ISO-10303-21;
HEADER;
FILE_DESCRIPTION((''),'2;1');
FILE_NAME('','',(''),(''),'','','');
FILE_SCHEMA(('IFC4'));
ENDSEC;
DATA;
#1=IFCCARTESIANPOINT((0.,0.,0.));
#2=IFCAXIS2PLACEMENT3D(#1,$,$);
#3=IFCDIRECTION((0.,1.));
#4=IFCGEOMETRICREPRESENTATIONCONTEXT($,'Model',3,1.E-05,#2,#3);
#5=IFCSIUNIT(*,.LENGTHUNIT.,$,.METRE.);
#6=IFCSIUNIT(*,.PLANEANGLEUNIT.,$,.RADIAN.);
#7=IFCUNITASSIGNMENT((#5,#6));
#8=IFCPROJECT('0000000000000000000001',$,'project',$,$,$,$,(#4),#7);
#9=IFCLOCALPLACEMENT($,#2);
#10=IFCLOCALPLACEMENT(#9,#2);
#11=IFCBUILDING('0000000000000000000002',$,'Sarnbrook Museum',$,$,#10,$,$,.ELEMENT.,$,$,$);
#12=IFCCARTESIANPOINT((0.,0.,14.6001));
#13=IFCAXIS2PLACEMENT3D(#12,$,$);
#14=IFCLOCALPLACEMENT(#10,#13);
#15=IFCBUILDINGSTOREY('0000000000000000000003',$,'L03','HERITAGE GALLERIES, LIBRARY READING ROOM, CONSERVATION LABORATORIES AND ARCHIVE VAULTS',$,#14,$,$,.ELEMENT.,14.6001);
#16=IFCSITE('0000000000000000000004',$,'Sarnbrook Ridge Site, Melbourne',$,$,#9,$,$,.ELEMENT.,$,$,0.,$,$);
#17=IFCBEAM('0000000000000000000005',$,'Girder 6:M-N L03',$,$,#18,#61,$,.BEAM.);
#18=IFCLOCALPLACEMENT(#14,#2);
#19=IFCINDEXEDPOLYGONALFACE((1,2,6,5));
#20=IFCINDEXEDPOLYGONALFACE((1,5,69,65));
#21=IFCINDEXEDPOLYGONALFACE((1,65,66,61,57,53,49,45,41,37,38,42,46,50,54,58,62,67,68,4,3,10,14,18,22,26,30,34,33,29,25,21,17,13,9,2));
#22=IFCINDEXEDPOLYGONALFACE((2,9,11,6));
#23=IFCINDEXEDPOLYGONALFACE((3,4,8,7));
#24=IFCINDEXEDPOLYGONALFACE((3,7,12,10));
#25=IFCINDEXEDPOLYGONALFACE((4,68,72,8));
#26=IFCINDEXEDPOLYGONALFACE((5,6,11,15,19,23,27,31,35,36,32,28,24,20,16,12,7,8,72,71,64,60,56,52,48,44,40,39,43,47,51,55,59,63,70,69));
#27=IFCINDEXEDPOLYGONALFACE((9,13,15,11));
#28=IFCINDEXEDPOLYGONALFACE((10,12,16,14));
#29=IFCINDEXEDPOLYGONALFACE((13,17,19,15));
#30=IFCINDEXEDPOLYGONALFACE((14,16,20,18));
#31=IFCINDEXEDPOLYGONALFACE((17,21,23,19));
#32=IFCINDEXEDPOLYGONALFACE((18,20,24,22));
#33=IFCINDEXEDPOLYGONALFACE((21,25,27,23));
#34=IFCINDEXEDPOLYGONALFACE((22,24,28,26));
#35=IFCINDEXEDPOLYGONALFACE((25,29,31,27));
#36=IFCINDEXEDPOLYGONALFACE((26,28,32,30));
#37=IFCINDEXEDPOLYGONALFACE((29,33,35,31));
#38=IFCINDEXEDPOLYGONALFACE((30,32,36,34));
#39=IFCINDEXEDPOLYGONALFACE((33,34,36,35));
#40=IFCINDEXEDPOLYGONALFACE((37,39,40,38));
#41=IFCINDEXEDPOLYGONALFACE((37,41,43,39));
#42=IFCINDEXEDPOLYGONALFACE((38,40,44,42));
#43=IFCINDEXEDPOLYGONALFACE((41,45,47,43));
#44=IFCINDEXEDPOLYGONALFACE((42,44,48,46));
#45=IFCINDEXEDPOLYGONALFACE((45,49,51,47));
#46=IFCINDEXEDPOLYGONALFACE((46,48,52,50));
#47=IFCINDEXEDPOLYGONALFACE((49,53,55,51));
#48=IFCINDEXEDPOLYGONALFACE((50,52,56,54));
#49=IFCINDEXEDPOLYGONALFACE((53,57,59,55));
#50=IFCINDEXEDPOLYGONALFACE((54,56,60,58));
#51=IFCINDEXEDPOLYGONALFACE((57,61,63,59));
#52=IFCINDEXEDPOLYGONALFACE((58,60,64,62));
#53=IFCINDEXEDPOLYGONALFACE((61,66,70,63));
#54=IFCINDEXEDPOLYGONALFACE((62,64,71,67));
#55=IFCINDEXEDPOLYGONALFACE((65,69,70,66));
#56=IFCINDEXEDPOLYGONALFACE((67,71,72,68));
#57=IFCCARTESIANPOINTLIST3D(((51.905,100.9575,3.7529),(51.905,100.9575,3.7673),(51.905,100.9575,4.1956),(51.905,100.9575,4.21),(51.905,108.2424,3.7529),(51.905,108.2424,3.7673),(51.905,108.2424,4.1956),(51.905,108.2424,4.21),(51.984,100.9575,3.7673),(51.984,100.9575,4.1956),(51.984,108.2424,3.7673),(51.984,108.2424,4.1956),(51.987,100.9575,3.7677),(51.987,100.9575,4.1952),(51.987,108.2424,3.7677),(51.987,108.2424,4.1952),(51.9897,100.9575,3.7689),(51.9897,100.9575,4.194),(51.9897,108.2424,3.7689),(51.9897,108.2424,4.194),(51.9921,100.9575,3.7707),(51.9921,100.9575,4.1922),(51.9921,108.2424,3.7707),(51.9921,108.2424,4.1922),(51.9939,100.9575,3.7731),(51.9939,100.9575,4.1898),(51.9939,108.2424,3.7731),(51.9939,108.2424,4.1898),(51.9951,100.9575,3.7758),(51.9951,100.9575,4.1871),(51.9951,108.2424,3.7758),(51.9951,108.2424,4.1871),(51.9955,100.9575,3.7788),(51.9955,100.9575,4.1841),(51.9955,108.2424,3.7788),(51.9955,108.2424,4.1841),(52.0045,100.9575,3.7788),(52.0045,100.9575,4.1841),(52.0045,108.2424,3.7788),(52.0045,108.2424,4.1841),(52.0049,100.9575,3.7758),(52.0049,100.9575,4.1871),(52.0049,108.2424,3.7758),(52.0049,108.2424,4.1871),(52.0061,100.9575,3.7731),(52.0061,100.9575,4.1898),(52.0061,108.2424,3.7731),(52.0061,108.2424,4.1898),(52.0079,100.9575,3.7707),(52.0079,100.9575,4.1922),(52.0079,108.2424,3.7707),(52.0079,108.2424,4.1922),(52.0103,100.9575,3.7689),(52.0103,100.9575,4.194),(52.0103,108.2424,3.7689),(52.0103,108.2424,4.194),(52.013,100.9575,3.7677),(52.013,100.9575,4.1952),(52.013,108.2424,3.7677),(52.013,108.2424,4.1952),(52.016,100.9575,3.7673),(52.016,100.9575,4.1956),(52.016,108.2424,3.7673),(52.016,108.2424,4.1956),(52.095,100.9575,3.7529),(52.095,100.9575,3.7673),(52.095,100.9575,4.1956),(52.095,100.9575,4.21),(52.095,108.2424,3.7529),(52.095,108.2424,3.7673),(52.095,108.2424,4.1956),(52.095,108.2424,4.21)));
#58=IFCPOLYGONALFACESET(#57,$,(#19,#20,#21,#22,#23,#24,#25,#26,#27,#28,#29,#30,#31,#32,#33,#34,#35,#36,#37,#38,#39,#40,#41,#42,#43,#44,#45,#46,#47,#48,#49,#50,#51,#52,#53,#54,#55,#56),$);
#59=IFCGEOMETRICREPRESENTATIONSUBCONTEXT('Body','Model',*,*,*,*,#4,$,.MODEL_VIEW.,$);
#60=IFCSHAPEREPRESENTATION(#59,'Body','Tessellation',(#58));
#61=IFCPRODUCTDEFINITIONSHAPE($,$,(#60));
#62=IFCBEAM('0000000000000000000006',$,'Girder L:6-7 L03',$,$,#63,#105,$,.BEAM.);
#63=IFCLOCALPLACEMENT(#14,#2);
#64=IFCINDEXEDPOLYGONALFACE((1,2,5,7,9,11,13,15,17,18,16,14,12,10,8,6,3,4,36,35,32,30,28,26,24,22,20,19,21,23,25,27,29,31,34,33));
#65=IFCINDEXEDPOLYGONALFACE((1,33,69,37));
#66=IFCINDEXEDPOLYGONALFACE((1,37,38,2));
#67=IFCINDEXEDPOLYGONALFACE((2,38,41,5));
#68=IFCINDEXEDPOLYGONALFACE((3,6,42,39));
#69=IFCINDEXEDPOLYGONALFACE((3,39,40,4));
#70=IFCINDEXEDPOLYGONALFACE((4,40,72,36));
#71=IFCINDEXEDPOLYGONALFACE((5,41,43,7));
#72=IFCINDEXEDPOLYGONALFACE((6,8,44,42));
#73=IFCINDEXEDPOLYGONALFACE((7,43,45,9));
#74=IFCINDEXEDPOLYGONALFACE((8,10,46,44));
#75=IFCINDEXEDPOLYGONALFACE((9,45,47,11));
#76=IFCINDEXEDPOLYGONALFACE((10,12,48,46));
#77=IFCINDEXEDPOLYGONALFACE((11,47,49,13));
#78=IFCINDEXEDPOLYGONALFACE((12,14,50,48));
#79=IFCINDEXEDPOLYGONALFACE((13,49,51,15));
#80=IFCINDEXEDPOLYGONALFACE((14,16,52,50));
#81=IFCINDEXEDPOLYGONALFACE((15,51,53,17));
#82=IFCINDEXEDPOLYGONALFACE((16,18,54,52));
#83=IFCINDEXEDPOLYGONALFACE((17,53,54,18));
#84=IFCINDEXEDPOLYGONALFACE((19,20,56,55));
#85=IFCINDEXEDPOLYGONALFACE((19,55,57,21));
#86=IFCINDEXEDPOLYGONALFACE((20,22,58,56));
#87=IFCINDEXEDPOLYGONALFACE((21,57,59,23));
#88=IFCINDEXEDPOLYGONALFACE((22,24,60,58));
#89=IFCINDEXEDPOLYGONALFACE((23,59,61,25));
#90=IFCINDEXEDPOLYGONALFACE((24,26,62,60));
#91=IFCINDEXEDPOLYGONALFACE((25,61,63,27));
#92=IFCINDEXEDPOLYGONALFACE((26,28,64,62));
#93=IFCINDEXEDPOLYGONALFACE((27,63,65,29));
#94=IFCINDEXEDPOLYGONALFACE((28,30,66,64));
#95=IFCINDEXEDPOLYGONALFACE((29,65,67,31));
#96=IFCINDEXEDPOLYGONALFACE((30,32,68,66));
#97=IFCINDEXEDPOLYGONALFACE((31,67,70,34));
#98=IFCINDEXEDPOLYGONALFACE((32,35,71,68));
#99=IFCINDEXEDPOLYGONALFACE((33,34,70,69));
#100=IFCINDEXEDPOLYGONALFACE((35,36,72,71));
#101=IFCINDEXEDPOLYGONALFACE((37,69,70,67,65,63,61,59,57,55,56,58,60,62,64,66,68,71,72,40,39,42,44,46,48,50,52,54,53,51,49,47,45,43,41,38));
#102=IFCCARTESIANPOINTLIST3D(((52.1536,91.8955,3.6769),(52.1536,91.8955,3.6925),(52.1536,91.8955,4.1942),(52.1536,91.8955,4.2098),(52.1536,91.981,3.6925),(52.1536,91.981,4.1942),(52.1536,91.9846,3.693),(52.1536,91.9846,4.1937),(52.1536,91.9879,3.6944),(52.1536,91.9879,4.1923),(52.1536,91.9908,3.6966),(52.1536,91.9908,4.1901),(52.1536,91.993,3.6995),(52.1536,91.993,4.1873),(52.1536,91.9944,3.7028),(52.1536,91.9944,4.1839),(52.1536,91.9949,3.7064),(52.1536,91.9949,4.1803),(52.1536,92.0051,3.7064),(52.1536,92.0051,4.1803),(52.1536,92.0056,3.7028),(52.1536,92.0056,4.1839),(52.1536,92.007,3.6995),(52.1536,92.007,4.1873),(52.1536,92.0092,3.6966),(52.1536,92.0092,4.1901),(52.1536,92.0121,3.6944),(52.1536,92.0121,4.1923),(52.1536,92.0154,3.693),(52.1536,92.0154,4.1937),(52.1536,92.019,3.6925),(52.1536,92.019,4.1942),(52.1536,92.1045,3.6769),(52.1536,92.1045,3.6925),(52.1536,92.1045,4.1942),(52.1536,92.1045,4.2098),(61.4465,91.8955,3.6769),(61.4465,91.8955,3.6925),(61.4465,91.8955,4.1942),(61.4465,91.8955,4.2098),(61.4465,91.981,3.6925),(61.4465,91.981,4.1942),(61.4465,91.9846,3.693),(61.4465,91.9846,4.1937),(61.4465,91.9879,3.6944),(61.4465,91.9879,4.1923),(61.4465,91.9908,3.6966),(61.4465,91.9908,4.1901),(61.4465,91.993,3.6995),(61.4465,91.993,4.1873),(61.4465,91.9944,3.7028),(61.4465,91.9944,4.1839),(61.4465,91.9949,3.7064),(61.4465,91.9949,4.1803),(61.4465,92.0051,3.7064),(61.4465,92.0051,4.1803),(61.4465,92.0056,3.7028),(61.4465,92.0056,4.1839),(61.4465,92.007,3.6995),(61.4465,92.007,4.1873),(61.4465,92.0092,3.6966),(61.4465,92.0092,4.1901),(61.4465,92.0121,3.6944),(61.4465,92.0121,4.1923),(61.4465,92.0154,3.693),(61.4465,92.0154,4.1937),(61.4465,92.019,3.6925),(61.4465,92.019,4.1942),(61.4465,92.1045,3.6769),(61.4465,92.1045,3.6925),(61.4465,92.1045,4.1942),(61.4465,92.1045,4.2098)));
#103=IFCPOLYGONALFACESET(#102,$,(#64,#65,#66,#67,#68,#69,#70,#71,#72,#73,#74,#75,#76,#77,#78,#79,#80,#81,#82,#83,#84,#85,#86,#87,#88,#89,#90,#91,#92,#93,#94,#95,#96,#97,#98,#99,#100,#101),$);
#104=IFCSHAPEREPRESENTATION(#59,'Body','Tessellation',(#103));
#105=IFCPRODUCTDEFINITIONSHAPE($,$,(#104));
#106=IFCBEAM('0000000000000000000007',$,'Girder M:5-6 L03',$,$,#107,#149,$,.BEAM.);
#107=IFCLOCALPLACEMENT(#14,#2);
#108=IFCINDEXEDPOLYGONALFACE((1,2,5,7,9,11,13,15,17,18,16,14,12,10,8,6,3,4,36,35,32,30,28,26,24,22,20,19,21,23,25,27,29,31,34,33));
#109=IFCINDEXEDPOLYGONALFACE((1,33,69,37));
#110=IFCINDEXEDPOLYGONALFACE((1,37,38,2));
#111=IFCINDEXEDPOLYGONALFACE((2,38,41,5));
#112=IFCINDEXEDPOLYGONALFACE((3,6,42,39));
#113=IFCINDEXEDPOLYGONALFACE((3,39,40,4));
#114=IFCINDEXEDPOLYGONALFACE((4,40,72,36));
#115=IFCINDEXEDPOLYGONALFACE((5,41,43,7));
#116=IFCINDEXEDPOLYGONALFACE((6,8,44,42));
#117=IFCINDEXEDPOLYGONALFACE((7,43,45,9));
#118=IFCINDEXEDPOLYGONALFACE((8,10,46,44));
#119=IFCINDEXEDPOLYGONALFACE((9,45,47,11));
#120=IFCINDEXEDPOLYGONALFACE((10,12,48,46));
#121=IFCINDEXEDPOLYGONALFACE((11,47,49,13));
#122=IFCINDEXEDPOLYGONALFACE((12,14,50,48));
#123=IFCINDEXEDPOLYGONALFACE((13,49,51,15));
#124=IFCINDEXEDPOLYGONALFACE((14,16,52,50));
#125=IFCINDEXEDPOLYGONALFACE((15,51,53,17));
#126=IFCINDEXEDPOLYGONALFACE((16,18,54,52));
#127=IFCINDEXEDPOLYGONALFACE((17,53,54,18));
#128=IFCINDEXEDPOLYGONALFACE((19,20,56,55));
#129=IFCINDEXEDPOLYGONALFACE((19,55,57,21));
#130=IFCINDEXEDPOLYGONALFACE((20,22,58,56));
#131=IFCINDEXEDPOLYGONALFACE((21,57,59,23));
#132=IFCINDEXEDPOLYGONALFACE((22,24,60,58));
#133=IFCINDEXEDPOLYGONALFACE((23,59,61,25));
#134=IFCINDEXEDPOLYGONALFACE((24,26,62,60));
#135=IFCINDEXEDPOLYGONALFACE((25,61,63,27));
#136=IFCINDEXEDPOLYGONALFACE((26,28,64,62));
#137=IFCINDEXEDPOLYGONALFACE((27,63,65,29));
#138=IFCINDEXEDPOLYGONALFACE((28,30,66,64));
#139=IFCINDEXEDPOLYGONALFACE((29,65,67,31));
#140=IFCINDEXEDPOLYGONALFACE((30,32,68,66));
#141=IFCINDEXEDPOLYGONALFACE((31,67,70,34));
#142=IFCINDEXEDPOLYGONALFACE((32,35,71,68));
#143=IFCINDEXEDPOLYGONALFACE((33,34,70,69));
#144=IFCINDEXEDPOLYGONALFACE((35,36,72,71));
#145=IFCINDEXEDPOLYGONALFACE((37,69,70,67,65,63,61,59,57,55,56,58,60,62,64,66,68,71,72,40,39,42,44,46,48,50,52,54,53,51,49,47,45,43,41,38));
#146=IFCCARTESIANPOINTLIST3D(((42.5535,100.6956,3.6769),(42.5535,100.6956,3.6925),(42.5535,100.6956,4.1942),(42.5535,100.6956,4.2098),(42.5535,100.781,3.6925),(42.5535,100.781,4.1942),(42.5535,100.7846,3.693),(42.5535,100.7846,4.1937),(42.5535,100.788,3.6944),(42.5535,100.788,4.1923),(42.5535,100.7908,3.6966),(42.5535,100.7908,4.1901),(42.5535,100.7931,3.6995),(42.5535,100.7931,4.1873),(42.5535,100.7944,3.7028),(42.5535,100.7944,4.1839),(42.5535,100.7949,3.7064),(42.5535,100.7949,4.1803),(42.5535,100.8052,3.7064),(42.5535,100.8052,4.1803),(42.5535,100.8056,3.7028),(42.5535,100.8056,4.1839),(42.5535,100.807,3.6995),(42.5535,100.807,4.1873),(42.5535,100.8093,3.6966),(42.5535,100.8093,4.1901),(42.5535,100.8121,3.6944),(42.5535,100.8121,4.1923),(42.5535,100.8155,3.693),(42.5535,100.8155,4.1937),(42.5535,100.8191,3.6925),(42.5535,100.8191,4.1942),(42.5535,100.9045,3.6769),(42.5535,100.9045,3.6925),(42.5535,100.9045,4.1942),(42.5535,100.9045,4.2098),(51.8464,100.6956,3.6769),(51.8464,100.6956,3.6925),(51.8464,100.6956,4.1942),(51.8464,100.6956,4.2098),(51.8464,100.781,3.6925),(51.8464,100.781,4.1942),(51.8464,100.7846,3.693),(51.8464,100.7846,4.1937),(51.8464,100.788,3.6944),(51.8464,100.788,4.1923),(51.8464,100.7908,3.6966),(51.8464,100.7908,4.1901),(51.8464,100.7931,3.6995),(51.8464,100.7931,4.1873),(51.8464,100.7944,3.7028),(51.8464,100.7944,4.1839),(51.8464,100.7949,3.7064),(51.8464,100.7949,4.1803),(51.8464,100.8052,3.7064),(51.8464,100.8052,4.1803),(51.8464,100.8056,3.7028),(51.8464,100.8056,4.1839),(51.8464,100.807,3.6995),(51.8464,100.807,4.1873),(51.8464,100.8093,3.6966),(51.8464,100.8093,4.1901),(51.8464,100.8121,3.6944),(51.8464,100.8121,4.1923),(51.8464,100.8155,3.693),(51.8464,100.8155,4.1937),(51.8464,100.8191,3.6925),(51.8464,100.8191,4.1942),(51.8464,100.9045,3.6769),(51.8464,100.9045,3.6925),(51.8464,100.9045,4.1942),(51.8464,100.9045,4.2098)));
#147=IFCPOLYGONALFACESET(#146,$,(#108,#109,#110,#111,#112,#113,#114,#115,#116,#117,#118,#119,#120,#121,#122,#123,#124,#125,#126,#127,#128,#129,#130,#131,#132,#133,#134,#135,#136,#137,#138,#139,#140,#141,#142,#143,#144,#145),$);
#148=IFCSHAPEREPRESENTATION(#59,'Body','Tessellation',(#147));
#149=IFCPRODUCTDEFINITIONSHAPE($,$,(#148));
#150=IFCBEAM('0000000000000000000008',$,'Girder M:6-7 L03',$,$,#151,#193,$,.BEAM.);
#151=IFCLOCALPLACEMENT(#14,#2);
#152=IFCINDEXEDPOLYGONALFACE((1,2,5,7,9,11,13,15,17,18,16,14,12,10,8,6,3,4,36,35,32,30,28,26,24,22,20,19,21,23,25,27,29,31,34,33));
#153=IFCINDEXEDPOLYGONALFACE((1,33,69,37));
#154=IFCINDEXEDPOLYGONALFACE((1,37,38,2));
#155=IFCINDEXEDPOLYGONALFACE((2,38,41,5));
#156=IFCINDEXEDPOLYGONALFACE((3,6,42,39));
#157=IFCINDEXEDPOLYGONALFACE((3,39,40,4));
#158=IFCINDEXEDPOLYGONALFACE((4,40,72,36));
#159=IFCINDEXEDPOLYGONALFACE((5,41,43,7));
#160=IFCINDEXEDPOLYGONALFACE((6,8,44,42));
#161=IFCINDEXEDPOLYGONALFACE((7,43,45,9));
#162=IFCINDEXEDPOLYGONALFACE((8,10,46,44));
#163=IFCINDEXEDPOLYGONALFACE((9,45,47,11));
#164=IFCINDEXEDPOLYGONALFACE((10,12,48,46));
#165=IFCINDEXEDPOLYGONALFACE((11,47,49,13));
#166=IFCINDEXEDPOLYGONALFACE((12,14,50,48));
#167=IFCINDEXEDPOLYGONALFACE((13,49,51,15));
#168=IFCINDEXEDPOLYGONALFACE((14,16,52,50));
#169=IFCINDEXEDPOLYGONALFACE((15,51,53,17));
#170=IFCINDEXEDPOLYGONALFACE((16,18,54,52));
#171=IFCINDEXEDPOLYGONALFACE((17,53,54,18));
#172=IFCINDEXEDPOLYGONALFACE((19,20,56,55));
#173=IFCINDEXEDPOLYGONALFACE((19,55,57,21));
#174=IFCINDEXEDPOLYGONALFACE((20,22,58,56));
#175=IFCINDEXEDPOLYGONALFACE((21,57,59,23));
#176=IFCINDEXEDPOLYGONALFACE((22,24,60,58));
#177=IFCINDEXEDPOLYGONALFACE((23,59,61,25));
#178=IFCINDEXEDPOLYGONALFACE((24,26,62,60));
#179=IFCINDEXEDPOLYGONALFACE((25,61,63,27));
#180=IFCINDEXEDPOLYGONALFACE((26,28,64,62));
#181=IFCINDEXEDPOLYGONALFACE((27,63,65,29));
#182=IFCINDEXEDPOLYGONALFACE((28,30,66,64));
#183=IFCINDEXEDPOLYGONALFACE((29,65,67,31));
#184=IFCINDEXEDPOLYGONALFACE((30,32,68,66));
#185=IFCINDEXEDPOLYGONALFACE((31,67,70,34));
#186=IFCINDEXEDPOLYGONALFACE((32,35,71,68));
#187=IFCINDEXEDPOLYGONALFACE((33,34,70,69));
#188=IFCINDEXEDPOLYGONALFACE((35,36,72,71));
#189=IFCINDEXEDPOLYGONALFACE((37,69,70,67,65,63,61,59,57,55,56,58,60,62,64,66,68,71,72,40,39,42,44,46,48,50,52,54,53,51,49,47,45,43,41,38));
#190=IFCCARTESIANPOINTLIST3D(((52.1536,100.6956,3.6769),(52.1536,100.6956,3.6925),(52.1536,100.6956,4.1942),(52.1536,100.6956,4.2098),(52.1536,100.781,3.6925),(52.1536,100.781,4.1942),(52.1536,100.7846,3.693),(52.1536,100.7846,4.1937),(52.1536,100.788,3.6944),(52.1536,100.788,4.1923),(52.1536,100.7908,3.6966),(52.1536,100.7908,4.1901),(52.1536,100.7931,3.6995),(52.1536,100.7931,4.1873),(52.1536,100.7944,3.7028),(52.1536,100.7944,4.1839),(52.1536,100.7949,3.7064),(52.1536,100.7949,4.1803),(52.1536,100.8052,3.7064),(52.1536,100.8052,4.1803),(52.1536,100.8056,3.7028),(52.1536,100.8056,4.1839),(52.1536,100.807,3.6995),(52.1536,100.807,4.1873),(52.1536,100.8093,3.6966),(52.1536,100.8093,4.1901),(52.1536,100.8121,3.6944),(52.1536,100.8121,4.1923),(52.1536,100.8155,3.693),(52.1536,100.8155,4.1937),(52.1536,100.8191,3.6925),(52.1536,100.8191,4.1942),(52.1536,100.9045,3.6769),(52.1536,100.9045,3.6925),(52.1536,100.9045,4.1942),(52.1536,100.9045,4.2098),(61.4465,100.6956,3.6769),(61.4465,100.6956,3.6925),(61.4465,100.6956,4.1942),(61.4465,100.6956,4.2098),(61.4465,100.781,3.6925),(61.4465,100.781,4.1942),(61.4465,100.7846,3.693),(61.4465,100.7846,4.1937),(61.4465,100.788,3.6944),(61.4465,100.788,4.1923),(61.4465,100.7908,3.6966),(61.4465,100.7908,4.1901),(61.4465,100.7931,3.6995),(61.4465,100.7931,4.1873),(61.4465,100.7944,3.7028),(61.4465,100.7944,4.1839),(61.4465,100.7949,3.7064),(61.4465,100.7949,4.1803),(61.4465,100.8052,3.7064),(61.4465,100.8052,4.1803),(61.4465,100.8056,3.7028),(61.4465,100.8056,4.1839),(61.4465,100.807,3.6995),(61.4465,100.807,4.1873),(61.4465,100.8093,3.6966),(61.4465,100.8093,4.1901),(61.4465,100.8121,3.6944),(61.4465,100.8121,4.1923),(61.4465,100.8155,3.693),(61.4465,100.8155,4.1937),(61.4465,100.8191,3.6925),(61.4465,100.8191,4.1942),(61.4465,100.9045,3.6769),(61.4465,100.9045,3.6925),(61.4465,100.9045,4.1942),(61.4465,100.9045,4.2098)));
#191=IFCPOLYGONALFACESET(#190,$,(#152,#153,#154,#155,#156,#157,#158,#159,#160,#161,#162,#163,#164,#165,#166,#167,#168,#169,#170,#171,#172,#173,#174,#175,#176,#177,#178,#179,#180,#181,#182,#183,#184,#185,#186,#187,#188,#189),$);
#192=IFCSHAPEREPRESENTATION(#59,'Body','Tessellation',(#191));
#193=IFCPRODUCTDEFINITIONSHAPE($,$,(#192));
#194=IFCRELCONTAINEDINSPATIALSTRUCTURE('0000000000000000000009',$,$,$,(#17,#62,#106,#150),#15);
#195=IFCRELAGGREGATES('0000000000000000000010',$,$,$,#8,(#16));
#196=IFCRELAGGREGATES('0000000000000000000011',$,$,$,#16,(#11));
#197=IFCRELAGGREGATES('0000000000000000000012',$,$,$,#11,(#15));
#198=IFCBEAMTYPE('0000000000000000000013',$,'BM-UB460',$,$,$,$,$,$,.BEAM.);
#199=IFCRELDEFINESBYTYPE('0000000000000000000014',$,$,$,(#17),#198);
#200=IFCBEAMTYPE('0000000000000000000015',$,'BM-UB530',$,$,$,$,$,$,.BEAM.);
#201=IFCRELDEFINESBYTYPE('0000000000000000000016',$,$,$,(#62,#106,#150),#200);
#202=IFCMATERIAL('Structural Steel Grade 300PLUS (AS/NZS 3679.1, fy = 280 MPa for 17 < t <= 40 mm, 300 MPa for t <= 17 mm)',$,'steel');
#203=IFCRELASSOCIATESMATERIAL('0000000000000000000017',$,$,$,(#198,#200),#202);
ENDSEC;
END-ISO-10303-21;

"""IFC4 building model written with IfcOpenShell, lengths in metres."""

from ifc_helpers import new_model, si_unit, direction, frame, origin, origin_2d, place, context, subcontext, project, spatial, i_section, extrude, material, material_profile, profile_set, type_object, element, save


model = new_model("IFC4")

# Units and contexts
model_context = context("Model", 3, precision=1e-05, world=origin(), true_north=direction((0.0, 1.0)))
body_context = subcontext(model_context, "Body", "Model", "MODEL_VIEW")
ifc_project = project(units=[si_unit("LENGTHUNIT", "METRE"), si_unit("PLANEANGLEUNIT", "RADIAN")], contexts=[model_context])

# Site, building, storey
site_placement = place(None, origin())
site = spatial("IfcSite", under=ifc_project, at=site_placement, Name="Sarnbrook Ridge Site, Melbourne", CompositionType="ELEMENT", RefElevation=0.0)
building_placement = place(site_placement, origin())
building = spatial("IfcBuilding", under=site, at=building_placement, Name="Sarnbrook Museum", CompositionType="ELEMENT")
storey_placement = place(building_placement, frame((0.0, 0.0, 14.6001)))
storey = spatial("IfcBuildingStorey", under=building, at=storey_placement, Name="L03", Description="HERITAGE GALLERIES, LIBRARY READING ROOM, CONSERVATION LABORATORIES AND ARCHIVE VAULTS", CompositionType="ELEMENT", Elevation=14.6001)

# Shared definitions
ifc_material_1 = material(Name="Structural Steel Grade 300PLUS (AS/NZS 3679.1, fy = 280 MPa for 17 < t <= 40 mm, 300 MPa for t <= 17 mm)", Category="steel")

# Beams
ifc_material_profile_1 = material_profile(ifc_material_1, i_section(OverallWidth=0.1899, OverallDepth=0.457, WebThickness=0.009, FlangeThickness=0.0144, FilletRadius=0.0115, at=origin_2d()), Name="460UB74.6")
ifc_profile_set_1 = profile_set([ifc_material_profile_1], Name="Structural Steel Grade 300PLUS (AS/NZS 3679.1, fy = 280 MPa for 17 < t <= 40 mm, 300 MPa for t <= 17 mm)")
beam_type_1 = type_object("IfcBeamType", Name="BM-UB460", PredefinedType="BEAM", material=ifc_profile_set_1)
beam_1_placement = place(storey_placement, frame((52.0, 100.9575, 3.9814), z_axis=(0.0, 1.0, 0.0), x_axis=(-1.0, 0.0, 0.0)))
element("IfcBeam", 1, at=beam_1_placement, inside=storey, type_object=beam_type_1, Name="Girder 6:M-N L03", PredefinedType="BEAM", context=body_context, shape_type="SweptSolid", body=[
    extrude(i_section(OverallWidth=0.1899, OverallDepth=0.457, WebThickness=0.009, FlangeThickness=0.0144, FilletRadius=0.0115, at=origin_2d()), origin(), (0.0, 0.0, 1.0), 7.2849),
])
ifc_material_profile_2 = material_profile(ifc_material_1, i_section(OverallWidth=0.209, OverallDepth=0.533, WebThickness=0.0103, FlangeThickness=0.0156, FilletRadius=0.0139, at=origin_2d()), Name="530UB92.4")
ifc_profile_set_2 = profile_set([ifc_material_profile_2], Name="Structural Steel Grade 300PLUS (AS/NZS 3679.1, fy = 280 MPa for 17 < t <= 40 mm, 300 MPa for t <= 17 mm)")
beam_type_2 = type_object("IfcBeamType", Name="BM-UB530", PredefinedType="BEAM", material=ifc_profile_set_2)
for number, where, z_axis, x_axis, name in (
    (2, (52.1536, 92.0, 3.9434), (1.0, 0.0, 0.0), (0.0, 1.0, 0.0), "Girder L:6-7 L03"),
    (3, (42.5535, 100.8, 3.9434), (1.0, 0.0, 0.0), (0.0, 1.0, 0.0), "Girder M:5-6 L03"),
    (4, (52.1536, 100.8, 3.9434), (1.0, 0.0, 0.0), (0.0, 1.0, 0.0), "Girder M:6-7 L03"),
):
    element("IfcBeam", number, at=place(storey_placement, frame(where, z_axis=z_axis, x_axis=x_axis)), inside=storey, type_object=beam_type_2, Name=name, PredefinedType="BEAM", context=body_context, shape_type="SweptSolid", body=[
        extrude(i_section(OverallWidth=0.209, OverallDepth=0.533, WebThickness=0.0103, FlangeThickness=0.0156, FilletRadius=0.0139, at=origin_2d()), origin(), (0.0, 0.0, 1.0), 9.293),
    ])

save(model, "model.ifc")
